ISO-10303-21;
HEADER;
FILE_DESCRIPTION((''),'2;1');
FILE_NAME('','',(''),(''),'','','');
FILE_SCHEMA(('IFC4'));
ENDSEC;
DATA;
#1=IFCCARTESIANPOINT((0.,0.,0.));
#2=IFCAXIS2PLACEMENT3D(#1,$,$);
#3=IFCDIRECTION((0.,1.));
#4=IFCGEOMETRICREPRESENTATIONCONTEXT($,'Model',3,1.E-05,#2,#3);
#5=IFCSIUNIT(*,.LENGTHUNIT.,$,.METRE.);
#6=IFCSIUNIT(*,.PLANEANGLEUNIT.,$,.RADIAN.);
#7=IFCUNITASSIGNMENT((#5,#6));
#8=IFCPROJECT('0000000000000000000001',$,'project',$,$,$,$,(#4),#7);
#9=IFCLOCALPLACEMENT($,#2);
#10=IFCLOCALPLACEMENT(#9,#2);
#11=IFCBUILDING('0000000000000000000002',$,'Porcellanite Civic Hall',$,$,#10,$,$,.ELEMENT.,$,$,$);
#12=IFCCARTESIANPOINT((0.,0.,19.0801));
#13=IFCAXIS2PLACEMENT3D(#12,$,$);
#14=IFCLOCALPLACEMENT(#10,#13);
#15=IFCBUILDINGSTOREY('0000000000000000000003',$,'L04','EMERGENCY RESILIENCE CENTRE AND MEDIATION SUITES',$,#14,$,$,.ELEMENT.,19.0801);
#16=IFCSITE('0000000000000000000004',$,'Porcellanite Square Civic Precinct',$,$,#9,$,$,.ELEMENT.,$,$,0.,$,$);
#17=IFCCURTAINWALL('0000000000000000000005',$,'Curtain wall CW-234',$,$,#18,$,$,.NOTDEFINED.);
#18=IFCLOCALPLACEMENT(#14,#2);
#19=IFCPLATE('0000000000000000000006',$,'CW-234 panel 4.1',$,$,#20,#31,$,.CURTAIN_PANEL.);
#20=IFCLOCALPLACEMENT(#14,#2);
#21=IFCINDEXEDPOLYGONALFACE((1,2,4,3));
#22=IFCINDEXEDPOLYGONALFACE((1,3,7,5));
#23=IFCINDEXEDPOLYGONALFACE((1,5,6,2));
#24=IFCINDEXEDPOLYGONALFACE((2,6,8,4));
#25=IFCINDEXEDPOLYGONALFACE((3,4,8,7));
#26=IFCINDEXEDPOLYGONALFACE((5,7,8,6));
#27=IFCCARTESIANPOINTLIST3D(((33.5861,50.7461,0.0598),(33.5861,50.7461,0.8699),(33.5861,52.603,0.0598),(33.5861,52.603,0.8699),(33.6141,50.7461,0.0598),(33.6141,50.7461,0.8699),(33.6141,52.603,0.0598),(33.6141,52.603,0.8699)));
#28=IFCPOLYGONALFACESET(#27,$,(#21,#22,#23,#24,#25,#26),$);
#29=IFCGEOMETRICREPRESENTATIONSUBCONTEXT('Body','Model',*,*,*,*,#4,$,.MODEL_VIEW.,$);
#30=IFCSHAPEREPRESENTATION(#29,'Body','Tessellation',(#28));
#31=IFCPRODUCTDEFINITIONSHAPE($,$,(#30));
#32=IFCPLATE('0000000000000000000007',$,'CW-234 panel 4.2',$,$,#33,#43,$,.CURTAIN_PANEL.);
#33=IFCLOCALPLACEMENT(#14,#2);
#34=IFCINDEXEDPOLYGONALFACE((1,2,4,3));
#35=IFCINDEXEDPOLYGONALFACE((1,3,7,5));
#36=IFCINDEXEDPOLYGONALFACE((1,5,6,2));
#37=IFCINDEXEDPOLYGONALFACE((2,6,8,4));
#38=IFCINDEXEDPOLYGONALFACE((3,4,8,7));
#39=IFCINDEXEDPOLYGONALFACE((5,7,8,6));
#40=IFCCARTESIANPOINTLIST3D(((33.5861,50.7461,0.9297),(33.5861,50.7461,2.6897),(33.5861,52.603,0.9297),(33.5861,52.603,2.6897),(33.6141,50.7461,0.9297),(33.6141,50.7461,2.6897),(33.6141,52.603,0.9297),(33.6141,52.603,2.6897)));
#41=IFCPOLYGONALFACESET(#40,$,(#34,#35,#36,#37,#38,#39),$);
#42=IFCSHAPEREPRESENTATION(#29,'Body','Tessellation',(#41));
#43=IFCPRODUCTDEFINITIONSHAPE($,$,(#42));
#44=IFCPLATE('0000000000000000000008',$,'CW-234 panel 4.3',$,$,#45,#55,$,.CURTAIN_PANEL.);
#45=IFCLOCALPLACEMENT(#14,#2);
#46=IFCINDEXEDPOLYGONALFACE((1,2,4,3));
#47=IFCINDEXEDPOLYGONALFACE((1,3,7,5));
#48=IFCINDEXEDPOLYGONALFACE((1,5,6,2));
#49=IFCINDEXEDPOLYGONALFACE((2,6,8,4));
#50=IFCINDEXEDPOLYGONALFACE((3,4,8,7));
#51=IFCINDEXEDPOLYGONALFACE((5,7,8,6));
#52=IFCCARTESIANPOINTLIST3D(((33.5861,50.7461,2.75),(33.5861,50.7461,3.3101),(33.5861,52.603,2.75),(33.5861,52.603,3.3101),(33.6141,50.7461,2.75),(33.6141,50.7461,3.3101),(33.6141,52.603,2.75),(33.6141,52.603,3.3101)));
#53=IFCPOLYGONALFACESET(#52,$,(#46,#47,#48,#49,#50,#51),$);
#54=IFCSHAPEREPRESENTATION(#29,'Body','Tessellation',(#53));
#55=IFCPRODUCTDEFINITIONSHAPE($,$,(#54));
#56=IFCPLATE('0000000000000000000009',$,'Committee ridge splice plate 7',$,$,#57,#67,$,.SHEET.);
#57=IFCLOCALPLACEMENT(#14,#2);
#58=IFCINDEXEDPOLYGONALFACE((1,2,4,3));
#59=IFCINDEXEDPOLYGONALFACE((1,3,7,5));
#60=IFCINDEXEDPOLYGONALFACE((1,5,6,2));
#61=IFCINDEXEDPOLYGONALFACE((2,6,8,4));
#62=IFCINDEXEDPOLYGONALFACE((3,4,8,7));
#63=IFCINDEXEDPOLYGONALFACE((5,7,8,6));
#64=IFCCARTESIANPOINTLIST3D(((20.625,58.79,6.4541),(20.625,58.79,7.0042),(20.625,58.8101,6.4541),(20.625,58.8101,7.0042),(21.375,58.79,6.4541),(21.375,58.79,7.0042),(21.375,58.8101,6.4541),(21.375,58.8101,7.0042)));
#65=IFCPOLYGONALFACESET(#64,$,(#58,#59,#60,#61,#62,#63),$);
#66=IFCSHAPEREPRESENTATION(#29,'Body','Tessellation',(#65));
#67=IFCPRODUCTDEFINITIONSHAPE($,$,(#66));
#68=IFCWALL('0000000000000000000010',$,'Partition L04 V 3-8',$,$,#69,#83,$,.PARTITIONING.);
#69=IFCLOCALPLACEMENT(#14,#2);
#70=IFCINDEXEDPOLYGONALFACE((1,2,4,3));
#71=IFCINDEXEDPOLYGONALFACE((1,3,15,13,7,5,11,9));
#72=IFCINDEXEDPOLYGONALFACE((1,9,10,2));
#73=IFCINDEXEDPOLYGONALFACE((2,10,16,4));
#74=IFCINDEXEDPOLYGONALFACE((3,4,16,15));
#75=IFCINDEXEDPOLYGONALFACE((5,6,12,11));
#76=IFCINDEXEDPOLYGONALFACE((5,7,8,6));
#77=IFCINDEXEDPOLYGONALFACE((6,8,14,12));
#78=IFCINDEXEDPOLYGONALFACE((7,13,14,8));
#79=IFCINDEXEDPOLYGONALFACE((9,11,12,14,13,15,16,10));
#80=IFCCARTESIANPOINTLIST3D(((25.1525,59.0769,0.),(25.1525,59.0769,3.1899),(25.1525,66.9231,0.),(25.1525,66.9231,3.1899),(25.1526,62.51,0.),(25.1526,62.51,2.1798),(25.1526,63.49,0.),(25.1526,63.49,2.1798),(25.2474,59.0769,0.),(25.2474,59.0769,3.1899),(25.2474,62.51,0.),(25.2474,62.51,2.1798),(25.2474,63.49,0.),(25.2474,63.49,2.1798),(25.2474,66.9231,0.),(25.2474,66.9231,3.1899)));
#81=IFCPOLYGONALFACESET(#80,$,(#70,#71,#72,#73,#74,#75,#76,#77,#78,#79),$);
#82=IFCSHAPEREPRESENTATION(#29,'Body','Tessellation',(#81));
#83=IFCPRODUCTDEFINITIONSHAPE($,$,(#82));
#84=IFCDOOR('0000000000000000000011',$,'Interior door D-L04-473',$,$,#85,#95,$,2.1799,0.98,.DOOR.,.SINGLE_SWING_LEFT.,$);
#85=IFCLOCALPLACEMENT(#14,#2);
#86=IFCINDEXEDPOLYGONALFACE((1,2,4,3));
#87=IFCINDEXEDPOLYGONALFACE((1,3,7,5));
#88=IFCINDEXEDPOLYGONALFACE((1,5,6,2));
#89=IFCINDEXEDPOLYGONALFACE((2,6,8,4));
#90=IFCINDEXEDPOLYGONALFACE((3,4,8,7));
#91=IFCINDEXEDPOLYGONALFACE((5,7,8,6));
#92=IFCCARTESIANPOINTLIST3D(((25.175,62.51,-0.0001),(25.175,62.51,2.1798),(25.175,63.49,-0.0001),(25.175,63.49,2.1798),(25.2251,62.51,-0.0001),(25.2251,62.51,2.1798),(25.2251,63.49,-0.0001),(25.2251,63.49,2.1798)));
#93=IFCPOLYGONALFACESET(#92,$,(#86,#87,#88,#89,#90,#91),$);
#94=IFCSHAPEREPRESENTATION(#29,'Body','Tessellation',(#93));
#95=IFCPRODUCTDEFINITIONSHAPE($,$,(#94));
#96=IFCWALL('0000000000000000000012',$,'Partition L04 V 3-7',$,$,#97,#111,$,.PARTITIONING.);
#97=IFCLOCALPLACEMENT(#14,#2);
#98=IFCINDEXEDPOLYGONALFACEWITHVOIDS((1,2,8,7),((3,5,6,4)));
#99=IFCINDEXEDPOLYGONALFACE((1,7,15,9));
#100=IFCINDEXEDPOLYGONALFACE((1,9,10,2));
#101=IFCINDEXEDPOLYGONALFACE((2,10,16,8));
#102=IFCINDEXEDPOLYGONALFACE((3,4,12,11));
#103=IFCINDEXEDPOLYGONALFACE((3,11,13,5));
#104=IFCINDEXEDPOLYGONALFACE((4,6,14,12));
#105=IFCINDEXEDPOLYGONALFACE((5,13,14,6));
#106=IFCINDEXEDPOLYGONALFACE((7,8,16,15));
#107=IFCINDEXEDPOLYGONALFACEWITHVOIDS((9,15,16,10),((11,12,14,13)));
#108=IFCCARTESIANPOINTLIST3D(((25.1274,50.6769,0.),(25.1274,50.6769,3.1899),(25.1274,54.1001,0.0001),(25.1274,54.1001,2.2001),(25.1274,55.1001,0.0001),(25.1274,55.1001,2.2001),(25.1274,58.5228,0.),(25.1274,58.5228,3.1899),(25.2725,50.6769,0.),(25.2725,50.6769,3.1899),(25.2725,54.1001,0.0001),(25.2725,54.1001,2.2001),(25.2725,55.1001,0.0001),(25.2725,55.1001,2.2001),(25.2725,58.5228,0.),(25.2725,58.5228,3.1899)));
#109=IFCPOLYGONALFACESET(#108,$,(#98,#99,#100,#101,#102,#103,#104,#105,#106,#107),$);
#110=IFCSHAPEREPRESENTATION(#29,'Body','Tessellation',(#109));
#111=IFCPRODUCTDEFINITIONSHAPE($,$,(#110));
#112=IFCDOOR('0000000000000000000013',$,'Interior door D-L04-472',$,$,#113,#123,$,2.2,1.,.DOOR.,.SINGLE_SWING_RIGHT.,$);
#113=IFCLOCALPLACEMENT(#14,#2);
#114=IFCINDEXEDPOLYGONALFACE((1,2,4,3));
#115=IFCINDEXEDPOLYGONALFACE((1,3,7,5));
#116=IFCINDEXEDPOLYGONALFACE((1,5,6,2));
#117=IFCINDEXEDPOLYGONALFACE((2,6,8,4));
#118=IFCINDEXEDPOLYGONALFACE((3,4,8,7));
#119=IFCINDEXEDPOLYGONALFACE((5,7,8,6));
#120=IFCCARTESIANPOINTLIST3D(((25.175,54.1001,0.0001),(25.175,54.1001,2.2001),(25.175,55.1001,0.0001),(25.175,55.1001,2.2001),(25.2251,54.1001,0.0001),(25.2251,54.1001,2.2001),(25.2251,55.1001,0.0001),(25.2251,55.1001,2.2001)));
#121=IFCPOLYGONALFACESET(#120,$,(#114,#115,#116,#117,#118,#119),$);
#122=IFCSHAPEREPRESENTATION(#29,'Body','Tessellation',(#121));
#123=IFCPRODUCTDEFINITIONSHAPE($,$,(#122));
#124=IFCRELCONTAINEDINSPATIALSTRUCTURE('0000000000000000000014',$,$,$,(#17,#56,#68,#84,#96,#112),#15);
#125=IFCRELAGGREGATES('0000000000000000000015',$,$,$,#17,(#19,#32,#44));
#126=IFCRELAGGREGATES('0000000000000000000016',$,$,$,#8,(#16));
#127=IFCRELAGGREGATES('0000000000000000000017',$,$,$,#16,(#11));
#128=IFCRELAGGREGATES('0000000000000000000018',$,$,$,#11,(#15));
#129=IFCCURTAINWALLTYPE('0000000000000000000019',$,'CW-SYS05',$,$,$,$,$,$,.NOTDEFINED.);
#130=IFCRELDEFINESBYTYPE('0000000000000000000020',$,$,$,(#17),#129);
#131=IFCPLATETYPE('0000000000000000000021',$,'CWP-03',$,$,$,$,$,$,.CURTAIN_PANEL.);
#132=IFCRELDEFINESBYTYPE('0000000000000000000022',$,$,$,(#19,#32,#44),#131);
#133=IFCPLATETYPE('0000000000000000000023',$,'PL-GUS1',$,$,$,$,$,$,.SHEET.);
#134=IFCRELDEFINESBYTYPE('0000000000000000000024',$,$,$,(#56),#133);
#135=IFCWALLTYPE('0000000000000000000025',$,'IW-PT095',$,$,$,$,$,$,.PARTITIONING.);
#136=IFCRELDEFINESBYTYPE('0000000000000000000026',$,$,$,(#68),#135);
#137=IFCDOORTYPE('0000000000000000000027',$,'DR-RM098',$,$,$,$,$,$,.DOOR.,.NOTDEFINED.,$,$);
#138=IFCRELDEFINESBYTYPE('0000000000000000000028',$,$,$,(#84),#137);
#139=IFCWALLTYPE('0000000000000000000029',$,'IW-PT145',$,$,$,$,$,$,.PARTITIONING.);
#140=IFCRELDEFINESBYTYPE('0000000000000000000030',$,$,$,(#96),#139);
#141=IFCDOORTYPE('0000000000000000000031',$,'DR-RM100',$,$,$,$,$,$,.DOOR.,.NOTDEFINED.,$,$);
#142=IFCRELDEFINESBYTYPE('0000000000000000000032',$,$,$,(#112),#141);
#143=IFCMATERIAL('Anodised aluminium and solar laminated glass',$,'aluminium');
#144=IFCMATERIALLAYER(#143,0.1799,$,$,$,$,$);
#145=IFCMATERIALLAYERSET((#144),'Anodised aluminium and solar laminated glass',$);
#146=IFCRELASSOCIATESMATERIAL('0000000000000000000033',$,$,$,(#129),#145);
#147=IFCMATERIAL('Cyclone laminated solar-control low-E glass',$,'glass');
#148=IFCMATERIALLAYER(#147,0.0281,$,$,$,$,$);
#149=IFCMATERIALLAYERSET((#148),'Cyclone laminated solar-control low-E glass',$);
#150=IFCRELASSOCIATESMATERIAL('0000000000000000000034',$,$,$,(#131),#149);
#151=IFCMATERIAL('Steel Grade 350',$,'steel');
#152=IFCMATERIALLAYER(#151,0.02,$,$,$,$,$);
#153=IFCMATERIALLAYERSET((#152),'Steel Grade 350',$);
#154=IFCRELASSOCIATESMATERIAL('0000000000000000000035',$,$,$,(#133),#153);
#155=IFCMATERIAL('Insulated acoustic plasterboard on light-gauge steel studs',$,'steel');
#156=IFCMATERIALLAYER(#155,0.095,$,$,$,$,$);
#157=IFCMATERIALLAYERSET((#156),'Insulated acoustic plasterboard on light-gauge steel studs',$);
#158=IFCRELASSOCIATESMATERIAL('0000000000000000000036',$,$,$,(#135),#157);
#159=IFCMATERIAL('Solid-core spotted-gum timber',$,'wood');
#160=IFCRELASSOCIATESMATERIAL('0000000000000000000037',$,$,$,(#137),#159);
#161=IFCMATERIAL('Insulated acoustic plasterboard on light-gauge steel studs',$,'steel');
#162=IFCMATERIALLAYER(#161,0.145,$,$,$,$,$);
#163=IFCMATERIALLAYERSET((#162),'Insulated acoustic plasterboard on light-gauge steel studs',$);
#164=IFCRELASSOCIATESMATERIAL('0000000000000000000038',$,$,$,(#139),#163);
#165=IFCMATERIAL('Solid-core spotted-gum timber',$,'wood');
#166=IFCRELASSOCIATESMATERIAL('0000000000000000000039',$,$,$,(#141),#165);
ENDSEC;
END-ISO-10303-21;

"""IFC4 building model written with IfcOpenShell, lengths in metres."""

from ifc_helpers import new_model, si_unit, direction, frame, frame_2d, origin, origin_2d, place, context, subcontext, project, spatial, rectangle, extrude, material, layer, layer_set, type_object, element, fill, aggregate, save


model = new_model("IFC4")

# Units and contexts
model_context = context("Model", 3, precision=1e-05, world=origin(), true_north=direction((0.0, 1.0)))
body_context = subcontext(model_context, "Body", "Model", "MODEL_VIEW")
ifc_project = project(units=[si_unit("LENGTHUNIT", "METRE"), si_unit("PLANEANGLEUNIT", "RADIAN")], contexts=[model_context])

# Site, building, storey
site_placement = place(None, origin())
site = spatial("IfcSite", under=ifc_project, at=site_placement, Name="Porcellanite Square Civic Precinct", CompositionType="ELEMENT", RefElevation=0.0)
building_placement = place(site_placement, origin())
building = spatial("IfcBuilding", under=site, at=building_placement, Name="Porcellanite Civic Hall", CompositionType="ELEMENT")
storey_placement = place(building_placement, frame((0.0, 0.0, 19.0801)))
storey = spatial("IfcBuildingStorey", under=building, at=storey_placement, Name="L04", Description="EMERGENCY RESILIENCE CENTRE AND MEDIATION SUITES", CompositionType="ELEMENT", Elevation=19.0801)

# Curtain wall
ifc_material_1 = material(Name="Anodised aluminium and solar laminated glass", Category="aluminium")
ifc_layer_1 = layer(ifc_material_1, 0.1799)
ifc_layer_set_1 = layer_set([ifc_layer_1], Name="Anodised aluminium and solar laminated glass")
curtain_wall_type = type_object("IfcCurtainWallType", Name="CW-SYS05", PredefinedType="NOTDEFINED", material=ifc_layer_set_1)
curtain_wall_placement = place(storey_placement, origin())
curtain_wall = element("IfcCurtainWall", 1, at=curtain_wall_placement, inside=storey, type_object=curtain_wall_type, Name="Curtain wall CW-234", PredefinedType="NOTDEFINED")

# Plates
ifc_material_2 = material(Name="Cyclone laminated solar-control low-E glass", Category="glass")
ifc_layer_2 = layer(ifc_material_2, 0.0281)
ifc_layer_set_2 = layer_set([ifc_layer_2], Name="Cyclone laminated solar-control low-E glass")
plate_type_1 = type_object("IfcPlateType", Name="CWP-03", PredefinedType="CURTAIN_PANEL", material=ifc_layer_set_2)
plate_1_placement = place(storey_placement, frame((33.6001, 51.6746, 0.0598), z_axis=(0.0, 0.0, 1.0), x_axis=(0.0, -1.0, 0.0)))
plate_1 = element("IfcPlate", 2, at=plate_1_placement, type_object=plate_type_1, Name="CW-234 panel 4.1", PredefinedType="CURTAIN_PANEL", context=body_context, shape_type="SweptSolid", body=[
    extrude(rectangle(XDim=1.8569, YDim=0.0281, at=origin_2d()), origin(), (0.0, 0.0, 1.0), 0.8101),
])
plate_2_placement = place(storey_placement, frame((33.6001, 51.6746, 0.9297), z_axis=(0.0, 0.0, 1.0), x_axis=(0.0, -1.0, 0.0)))
plate_2 = element("IfcPlate", 3, at=plate_2_placement, type_object=plate_type_1, Name="CW-234 panel 4.2", PredefinedType="CURTAIN_PANEL", context=body_context, shape_type="SweptSolid", body=[
    extrude(rectangle(XDim=1.8569, YDim=0.0281, at=origin_2d()), origin(), (0.0, 0.0, 1.0), 1.76),
])
plate_3_placement = place(storey_placement, frame((33.6001, 51.6746, 2.75), z_axis=(0.0, 0.0, 1.0), x_axis=(0.0, -1.0, 0.0)))
plate_3 = element("IfcPlate", 4, at=plate_3_placement, type_object=plate_type_1, Name="CW-234 panel 4.3", PredefinedType="CURTAIN_PANEL", context=body_context, shape_type="SweptSolid", body=[
    extrude(rectangle(XDim=1.8569, YDim=0.0281, at=origin_2d()), origin(), (0.0, 0.0, 1.0), 0.5601),
])
aggregate(curtain_wall, [plate_1, plate_2, plate_3])
ifc_material_3 = material(Name="Steel Grade 350", Category="steel")
ifc_layer_3 = layer(ifc_material_3, 0.02)
ifc_layer_set_3 = layer_set([ifc_layer_3], Name="Steel Grade 350")
plate_type_2 = type_object("IfcPlateType", Name="PL-GUS1", PredefinedType="SHEET", material=ifc_layer_set_3)
plate_4_placement = place(storey_placement, frame((21.0, 58.8, 6.4541), z_axis=(0.0, 0.0, 1.0), x_axis=(1.0, 0.0, 0.0)))
element("IfcPlate", 5, at=plate_4_placement, inside=storey, type_object=plate_type_2, Name="Committee ridge splice plate 7", PredefinedType="SHEET", context=body_context, shape_type="SweptSolid", body=[
    extrude(rectangle(XDim=0.75, YDim=0.02, at=origin_2d()), origin(), (0.0, 0.0, 1.0), 0.55),
])

# Walls, openings, doors
ifc_material_4 = material(Name="Insulated acoustic plasterboard on light-gauge steel studs", Category="steel")
ifc_layer_4 = layer(ifc_material_4, 0.095)
ifc_layer_set_4 = layer_set([ifc_layer_4], Name="Insulated acoustic plasterboard on light-gauge steel studs")
wall_type_1 = type_object("IfcWallType", Name="IW-PT095", PredefinedType="PARTITIONING", material=ifc_layer_set_4)
wall_1_placement = place(storey_placement, frame((25.2, 59.0769, 0.0), z_axis=(0.0, 0.0, 1.0), x_axis=(0.0, 1.0, 0.0)))
wall_1 = element("IfcWall", 6, at=wall_1_placement, inside=storey, type_object=wall_type_1, Name="Partition L04 V 3-8", PredefinedType="PARTITIONING", context=body_context, shape_type="SweptSolid", body=[
    extrude(rectangle(XDim=7.8462, YDim=0.095, at=frame_2d((3.9231, 0.0))), origin(), (0.0, 0.0, 1.0), 3.1899),
])
opening_1_placement = place(wall_1_placement, frame((3.4331, 0.0, 0.0)))
opening_1 = element("IfcOpeningElement", 7, at=opening_1_placement, cuts=wall_1, PredefinedType="OPENING", context=body_context, shape_type="SweptSolid", body=[
    extrude(rectangle(XDim=0.98, YDim=2.1799, at=frame_2d((0.49, 1.0898))), frame((0.0, 0.0474, 0.0), z_axis=(0.0, -1.0, 0.0), x_axis=(1.0, 0.0, 0.0)), (0.0, 0.0, 1.0), 0.095),
])
ifc_material_5 = material(Name="Solid-core spotted-gum timber", Category="wood")
door_type_1 = type_object("IfcDoorType", Name="DR-RM098", OperationType="NOTDEFINED", PredefinedType="DOOR", material=ifc_material_5)
door_1_placement = place(opening_1_placement, origin())
door_1 = element("IfcDoor", 8, at=door_1_placement, inside=storey, type_object=door_type_1, Name="Interior door D-L04-473", OperationType="SINGLE_SWING_LEFT", OverallHeight=2.1799, OverallWidth=0.98, PredefinedType="DOOR", context=body_context, shape_type="SweptSolid", body=[
    extrude(rectangle(XDim=0.98, YDim=2.1799, at=frame_2d((0.49, 1.0898))), frame((0.0, 0.0249, 0.0), z_axis=(0.0, -1.0, 0.0), x_axis=(1.0, 0.0, 0.0)), (0.0, 0.0, 1.0), 0.05),
])
fill(opening_1, door_1)
ifc_material_6 = material(Name="Insulated acoustic plasterboard on light-gauge steel studs", Category="steel")
ifc_layer_5 = layer(ifc_material_6, 0.145)
ifc_layer_set_5 = layer_set([ifc_layer_5], Name="Insulated acoustic plasterboard on light-gauge steel studs")
wall_type_2 = type_object("IfcWallType", Name="IW-PT145", PredefinedType="PARTITIONING", material=ifc_layer_set_5)
wall_2_placement = place(storey_placement, frame((25.2, 50.677, 0.0), z_axis=(0.0, 0.0, 1.0), x_axis=(0.0, 1.0, 0.0)))
wall_2 = element("IfcWall", 9, at=wall_2_placement, inside=storey, type_object=wall_type_2, Name="Partition L04 V 3-7", PredefinedType="PARTITIONING", context=body_context, shape_type="SweptSolid", body=[
    extrude(rectangle(XDim=7.8459, YDim=0.145, at=frame_2d((3.9229, 0.0))), origin(), (0.0, 0.0, 1.0), 3.1899),
])
opening_2_placement = place(wall_2_placement, frame((3.4231, 0.0, 0.0)))
opening_2 = element("IfcOpeningElement", 10, at=opening_2_placement, cuts=wall_2, PredefinedType="OPENING", context=body_context, shape_type="SweptSolid", body=[
    extrude(rectangle(XDim=1.0, YDim=2.2, at=frame_2d((0.5, 1.1001))), frame((0.0, 0.0725, 0.0), z_axis=(0.0, -1.0, 0.0), x_axis=(1.0, 0.0, 0.0)), (0.0, 0.0, 1.0), 0.145),
])
ifc_material_7 = material(Name="Solid-core spotted-gum timber", Category="wood")
door_type_2 = type_object("IfcDoorType", Name="DR-RM100", OperationType="NOTDEFINED", PredefinedType="DOOR", material=ifc_material_7)
door_2_placement = place(opening_2_placement, origin())
door_2 = element("IfcDoor", 11, at=door_2_placement, inside=storey, type_object=door_type_2, Name="Interior door D-L04-472", OperationType="SINGLE_SWING_RIGHT", OverallHeight=2.2, OverallWidth=1.0, PredefinedType="DOOR", context=body_context, shape_type="SweptSolid", body=[
    extrude(rectangle(XDim=1.0, YDim=2.2, at=frame_2d((0.5, 1.1001))), frame((0.0, 0.0249, 0.0), z_axis=(0.0, -1.0, 0.0), x_axis=(1.0, 0.0, 0.0)), (0.0, 0.0, 1.0), 0.05),
])
fill(opening_2, door_2)

save(model, "model.ifc")
